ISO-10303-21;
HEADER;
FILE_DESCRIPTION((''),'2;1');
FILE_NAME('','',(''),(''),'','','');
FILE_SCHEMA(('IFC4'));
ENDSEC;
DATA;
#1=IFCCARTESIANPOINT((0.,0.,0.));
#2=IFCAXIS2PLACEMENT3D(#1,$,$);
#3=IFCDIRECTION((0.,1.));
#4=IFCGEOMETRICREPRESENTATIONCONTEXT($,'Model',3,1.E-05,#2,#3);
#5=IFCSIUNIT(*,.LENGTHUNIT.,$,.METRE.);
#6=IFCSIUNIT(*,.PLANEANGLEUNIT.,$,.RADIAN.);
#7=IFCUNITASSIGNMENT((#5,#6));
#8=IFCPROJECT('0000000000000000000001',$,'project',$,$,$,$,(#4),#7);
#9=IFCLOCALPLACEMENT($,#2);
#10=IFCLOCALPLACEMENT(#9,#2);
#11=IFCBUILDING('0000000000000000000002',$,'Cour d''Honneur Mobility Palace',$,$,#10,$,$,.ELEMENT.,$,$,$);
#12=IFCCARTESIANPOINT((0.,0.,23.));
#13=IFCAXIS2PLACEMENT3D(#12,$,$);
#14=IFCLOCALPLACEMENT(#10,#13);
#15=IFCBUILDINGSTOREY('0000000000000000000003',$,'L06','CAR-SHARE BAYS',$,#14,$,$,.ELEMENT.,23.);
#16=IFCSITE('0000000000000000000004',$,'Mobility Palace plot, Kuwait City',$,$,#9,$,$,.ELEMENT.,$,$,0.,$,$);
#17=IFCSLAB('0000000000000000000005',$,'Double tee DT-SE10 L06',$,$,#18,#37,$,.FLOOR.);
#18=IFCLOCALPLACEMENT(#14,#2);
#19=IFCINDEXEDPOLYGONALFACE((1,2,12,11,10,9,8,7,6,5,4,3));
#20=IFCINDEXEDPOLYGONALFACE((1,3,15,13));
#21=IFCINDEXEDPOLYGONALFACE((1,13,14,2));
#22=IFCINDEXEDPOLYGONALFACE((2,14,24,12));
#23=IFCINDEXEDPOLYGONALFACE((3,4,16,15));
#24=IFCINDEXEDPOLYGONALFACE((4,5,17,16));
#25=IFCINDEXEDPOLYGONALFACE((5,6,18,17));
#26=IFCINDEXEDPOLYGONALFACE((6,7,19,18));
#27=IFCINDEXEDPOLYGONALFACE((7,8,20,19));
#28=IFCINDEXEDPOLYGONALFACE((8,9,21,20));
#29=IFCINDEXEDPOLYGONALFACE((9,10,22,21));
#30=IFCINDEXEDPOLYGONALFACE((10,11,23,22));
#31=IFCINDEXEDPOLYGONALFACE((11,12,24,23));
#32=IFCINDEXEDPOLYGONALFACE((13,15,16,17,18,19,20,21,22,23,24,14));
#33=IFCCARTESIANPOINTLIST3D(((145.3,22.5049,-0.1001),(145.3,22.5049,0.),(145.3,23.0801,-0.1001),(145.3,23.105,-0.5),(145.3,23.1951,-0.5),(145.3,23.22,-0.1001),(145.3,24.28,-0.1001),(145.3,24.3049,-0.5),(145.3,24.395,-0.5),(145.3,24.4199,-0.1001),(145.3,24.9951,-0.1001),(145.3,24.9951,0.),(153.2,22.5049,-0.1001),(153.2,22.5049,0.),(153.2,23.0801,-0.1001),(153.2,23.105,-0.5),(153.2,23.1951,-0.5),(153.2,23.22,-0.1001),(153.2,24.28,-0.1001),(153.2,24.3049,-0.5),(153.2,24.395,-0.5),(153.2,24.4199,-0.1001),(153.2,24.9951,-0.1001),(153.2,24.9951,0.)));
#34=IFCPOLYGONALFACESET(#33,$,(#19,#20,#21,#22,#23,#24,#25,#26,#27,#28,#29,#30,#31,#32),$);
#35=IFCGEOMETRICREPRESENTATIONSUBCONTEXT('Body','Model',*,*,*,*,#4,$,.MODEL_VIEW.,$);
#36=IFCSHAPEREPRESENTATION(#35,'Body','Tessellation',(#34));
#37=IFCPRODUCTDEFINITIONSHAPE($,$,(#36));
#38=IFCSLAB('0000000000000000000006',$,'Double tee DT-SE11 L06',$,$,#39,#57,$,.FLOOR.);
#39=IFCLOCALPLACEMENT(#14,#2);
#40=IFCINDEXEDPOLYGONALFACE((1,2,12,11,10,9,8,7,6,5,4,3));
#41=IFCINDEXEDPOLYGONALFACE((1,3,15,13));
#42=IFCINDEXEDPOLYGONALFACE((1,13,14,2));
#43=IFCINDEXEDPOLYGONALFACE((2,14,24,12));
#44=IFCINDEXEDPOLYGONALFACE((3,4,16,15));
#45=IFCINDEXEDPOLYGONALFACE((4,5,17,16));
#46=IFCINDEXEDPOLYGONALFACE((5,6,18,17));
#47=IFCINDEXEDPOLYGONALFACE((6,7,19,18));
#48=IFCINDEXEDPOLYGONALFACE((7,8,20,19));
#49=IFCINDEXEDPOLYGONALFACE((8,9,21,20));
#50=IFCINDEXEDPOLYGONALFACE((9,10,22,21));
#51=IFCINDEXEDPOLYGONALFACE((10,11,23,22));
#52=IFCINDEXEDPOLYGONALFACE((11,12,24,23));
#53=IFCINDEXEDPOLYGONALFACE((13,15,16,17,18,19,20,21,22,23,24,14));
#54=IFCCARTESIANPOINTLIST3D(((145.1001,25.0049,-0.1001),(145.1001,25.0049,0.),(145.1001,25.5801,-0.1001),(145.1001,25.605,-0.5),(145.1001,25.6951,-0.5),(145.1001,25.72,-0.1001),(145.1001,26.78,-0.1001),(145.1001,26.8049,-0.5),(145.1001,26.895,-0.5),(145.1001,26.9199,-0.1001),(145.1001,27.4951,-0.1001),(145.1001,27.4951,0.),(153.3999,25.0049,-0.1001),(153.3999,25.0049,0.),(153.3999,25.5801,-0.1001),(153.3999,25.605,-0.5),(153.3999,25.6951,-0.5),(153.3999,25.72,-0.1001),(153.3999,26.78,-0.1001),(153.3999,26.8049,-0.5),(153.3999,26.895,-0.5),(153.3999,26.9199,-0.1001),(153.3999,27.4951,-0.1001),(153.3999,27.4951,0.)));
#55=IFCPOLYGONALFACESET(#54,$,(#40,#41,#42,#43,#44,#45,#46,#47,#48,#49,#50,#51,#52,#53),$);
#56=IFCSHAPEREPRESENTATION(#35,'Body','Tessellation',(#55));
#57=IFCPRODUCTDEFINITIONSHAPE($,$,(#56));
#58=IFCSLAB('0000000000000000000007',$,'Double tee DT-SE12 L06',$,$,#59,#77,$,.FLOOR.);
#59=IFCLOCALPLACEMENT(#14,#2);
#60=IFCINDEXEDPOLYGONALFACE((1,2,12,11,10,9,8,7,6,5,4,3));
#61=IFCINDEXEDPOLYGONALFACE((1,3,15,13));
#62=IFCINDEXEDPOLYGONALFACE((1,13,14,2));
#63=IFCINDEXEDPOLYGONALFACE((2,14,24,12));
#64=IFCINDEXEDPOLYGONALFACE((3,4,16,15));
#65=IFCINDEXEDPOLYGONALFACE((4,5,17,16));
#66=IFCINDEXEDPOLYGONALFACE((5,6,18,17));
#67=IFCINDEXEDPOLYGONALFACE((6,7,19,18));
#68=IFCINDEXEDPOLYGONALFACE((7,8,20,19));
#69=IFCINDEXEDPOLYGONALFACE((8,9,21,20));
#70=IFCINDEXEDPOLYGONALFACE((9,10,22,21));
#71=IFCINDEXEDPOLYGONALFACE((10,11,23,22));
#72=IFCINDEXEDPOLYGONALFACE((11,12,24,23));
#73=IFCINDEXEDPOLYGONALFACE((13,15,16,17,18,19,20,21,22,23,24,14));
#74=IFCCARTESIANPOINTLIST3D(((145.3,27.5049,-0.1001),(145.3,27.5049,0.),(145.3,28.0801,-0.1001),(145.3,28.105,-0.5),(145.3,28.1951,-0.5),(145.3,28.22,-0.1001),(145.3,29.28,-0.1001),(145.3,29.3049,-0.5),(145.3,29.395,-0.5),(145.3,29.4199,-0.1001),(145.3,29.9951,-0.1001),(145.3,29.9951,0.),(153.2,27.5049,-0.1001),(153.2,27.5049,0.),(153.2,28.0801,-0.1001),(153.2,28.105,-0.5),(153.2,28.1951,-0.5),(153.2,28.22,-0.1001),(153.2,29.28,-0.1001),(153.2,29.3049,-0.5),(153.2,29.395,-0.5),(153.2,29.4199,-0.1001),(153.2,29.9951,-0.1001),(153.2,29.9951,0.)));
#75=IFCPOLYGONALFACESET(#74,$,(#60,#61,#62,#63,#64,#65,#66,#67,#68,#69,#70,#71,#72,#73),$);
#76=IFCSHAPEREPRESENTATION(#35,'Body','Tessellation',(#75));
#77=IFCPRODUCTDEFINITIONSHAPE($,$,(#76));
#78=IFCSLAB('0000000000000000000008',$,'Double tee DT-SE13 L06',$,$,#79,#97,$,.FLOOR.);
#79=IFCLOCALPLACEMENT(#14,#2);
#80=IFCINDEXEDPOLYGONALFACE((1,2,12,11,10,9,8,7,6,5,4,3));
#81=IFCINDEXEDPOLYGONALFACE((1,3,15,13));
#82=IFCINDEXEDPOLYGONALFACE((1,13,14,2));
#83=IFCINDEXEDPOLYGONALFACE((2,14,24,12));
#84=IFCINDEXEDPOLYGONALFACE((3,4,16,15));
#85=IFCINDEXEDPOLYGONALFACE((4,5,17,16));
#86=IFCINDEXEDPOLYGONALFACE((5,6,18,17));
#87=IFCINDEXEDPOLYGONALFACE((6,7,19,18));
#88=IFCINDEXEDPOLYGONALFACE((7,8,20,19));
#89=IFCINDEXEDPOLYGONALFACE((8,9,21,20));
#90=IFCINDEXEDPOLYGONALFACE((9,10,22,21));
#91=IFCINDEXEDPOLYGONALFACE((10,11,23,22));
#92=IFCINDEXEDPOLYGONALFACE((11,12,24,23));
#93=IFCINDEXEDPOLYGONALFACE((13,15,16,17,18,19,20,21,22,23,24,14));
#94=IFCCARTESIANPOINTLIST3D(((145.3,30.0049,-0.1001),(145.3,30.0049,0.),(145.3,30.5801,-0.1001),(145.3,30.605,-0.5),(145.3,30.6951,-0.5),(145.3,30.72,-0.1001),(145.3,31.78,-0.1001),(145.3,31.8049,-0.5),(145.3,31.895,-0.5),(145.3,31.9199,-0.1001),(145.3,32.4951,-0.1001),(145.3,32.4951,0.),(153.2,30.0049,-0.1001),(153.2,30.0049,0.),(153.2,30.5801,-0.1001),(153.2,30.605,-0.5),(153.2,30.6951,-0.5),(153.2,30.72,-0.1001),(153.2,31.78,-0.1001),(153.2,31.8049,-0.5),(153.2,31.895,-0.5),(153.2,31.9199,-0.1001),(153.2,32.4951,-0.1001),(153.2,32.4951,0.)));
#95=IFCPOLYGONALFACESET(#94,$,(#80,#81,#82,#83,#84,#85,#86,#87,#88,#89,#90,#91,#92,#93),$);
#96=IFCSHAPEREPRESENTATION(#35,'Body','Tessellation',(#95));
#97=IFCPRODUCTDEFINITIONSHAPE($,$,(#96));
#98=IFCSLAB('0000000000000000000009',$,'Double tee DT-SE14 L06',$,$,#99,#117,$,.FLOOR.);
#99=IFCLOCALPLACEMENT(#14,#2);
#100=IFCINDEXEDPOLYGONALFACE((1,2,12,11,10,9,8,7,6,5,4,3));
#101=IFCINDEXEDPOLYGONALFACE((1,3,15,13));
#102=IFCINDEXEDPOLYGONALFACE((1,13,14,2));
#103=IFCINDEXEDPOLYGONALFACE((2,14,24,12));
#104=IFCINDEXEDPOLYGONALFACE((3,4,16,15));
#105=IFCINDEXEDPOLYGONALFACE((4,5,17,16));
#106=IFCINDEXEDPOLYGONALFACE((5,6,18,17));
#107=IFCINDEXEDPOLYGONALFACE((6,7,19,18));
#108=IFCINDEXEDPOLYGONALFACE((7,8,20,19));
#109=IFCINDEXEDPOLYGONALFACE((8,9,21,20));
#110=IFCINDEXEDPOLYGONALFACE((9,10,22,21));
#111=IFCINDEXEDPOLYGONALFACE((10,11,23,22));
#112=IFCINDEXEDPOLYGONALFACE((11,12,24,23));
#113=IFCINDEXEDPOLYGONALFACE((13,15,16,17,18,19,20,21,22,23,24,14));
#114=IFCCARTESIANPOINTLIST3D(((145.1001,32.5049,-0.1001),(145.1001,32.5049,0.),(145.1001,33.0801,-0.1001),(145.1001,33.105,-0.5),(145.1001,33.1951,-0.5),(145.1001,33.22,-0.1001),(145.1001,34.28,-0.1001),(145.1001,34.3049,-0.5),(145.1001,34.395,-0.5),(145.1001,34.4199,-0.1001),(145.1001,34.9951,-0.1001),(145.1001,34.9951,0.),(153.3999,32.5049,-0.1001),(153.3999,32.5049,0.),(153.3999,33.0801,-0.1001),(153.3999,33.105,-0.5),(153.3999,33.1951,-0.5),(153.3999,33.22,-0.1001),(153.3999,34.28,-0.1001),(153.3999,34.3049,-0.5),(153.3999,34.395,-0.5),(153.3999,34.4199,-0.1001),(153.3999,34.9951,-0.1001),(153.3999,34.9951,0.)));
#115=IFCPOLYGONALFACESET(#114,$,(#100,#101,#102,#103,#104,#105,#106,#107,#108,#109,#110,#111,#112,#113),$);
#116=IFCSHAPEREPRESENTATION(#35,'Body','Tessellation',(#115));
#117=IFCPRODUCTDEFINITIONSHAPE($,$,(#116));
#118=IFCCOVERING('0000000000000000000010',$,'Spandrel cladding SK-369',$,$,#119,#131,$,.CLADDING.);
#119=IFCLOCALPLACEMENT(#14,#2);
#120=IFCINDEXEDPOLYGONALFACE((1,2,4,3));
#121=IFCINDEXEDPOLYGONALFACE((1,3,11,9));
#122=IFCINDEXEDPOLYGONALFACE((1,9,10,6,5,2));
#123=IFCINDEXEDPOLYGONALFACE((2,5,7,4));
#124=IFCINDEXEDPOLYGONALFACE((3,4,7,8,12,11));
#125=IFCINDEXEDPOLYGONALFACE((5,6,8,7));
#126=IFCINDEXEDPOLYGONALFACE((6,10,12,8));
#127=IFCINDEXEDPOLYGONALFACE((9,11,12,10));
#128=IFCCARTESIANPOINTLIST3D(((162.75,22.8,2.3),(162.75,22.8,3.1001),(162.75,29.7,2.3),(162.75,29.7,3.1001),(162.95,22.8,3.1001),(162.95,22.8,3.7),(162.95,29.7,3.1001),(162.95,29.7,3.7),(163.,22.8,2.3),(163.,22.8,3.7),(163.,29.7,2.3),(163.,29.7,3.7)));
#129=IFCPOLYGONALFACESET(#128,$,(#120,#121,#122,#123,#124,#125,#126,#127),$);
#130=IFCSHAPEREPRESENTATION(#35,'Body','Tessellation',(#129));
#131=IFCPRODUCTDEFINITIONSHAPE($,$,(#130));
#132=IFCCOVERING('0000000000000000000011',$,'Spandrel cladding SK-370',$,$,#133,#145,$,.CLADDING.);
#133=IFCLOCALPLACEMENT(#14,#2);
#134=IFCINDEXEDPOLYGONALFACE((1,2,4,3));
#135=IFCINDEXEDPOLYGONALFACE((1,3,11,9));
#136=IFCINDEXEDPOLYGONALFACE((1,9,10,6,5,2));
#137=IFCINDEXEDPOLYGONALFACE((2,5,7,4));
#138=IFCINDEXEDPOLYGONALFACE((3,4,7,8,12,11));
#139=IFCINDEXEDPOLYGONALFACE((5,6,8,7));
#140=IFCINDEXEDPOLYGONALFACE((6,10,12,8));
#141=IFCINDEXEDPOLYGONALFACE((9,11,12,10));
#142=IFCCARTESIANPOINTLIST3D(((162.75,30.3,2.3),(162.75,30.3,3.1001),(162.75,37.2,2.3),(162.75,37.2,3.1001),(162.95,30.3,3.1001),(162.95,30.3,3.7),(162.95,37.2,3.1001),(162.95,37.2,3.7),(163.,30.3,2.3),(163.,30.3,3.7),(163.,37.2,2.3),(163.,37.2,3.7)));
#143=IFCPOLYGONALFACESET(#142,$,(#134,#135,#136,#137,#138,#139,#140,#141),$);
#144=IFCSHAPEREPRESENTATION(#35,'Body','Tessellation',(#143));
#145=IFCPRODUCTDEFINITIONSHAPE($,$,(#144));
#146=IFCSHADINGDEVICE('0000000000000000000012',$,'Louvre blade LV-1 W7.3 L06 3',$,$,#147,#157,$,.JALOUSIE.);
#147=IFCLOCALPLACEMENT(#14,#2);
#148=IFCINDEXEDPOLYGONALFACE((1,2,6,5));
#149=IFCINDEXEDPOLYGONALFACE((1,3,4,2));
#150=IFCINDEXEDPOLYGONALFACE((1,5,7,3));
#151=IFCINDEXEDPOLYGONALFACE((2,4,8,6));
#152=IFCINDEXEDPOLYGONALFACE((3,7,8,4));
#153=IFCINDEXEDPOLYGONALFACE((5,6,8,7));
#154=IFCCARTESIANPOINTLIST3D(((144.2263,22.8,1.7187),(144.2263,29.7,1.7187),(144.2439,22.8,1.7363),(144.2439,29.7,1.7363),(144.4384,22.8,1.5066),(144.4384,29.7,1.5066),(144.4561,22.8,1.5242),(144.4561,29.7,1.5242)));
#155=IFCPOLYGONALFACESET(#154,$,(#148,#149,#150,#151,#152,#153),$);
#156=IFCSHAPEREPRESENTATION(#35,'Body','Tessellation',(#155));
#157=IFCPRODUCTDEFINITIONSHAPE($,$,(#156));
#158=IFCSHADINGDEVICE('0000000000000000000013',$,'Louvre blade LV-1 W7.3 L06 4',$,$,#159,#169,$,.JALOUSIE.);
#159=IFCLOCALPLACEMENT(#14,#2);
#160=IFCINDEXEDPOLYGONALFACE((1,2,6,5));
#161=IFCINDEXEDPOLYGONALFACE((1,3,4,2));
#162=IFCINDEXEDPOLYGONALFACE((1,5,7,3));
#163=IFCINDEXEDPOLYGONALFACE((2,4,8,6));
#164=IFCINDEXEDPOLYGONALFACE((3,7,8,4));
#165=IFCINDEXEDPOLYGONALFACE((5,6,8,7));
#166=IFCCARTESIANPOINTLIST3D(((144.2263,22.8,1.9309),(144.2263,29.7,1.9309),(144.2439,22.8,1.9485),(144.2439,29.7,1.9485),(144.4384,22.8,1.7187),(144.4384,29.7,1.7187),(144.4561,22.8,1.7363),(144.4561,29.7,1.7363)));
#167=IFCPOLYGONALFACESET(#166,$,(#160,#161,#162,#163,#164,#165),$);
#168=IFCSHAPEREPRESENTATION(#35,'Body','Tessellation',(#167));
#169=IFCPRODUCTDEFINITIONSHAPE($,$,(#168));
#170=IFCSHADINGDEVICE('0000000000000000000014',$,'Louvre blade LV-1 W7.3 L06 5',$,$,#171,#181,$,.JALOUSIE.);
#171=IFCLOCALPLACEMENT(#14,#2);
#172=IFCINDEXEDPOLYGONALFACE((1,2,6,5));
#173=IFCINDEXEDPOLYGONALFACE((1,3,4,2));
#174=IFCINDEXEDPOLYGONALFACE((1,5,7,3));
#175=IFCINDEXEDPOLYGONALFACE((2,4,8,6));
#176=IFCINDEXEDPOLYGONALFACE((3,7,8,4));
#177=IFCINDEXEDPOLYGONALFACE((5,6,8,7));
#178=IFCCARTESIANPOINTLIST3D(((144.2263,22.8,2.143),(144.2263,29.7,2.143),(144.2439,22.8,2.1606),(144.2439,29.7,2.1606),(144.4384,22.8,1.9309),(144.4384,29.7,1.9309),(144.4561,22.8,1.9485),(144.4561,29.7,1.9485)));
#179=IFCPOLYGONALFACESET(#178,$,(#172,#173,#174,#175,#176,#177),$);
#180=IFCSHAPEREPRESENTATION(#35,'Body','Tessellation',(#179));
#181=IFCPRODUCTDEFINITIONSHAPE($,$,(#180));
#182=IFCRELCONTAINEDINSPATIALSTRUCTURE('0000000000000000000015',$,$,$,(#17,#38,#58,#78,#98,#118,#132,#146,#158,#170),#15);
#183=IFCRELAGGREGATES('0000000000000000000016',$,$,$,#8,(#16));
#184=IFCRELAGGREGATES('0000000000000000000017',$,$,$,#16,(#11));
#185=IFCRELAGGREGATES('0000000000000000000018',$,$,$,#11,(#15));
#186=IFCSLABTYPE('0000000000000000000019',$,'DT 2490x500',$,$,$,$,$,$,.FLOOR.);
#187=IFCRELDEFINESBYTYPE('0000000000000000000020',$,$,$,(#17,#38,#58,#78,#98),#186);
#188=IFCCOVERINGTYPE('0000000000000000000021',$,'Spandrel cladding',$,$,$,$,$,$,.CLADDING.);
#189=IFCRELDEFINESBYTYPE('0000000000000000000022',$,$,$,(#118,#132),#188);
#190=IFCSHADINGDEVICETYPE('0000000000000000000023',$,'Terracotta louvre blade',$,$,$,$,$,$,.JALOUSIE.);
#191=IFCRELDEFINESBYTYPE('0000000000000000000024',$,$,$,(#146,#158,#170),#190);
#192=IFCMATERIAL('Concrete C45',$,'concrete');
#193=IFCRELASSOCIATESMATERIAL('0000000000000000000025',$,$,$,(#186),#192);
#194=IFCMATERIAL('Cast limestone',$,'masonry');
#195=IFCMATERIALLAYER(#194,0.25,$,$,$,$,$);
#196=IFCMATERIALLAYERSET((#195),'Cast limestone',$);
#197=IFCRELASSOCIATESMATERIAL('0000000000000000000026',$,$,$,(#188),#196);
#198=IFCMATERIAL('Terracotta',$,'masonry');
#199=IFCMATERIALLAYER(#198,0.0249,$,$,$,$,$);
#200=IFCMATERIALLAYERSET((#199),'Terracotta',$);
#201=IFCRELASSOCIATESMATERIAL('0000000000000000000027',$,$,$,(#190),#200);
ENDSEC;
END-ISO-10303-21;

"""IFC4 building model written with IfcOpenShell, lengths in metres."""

from ifc_helpers import new_model, si_unit, direction, frame, origin, place, context, subcontext, project, spatial, polyline, outline, extrude, material, layer, layer_set, material_profile, profile_set, type_object, element, save


model = new_model("IFC4")

# Units and contexts
model_context = context("Model", 3, precision=1e-05, world=origin(), true_north=direction((0.0, 1.0)))
body_context = subcontext(model_context, "Body", "Model", "MODEL_VIEW")
ifc_project = project(units=[si_unit("LENGTHUNIT", "METRE"), si_unit("PLANEANGLEUNIT", "RADIAN")], contexts=[model_context])

# Site, building, storey
site_placement = place(None, origin())
site = spatial("IfcSite", under=ifc_project, at=site_placement, Name="Mobility Palace plot, Kuwait City", CompositionType="ELEMENT", RefElevation=0.0)
building_placement = place(site_placement, origin())
building = spatial("IfcBuilding", under=site, at=building_placement, Name="Cour d'Honneur Mobility Palace", CompositionType="ELEMENT")
storey_placement = place(building_placement, frame((0.0, 0.0, 23.0)))
storey = spatial("IfcBuildingStorey", under=building, at=storey_placement, Name="L06", Description="CAR-SHARE BAYS", CompositionType="ELEMENT", Elevation=23.0)

# Slabs
ifc_material_1 = material(Name="Concrete C45", Category="concrete")
ifc_material_profile_1 = material_profile(ifc_material_1, outline(polyline([(-1.2451, 0.0), (1.2451, 0.0), (1.2451, -0.1001), (0.6699, -0.1001), (0.645, -0.5), (0.5549, -0.5), (0.53, -0.1001), (-0.53, -0.1001), (-0.5549, -0.5), (-0.645, -0.5), (-0.6699, -0.1001), (-1.2451, -0.1001), (-1.2451, 0.0)])), Name="DT 2490x500")
ifc_profile_set_1 = profile_set([ifc_material_profile_1], Name="Concrete C45")
slab_type = type_object("IfcSlabType", Name="DT 2490x500", PredefinedType="FLOOR", material=ifc_profile_set_1)
slab_1_placement = place(storey_placement, frame((145.3, 23.75, 0.0), z_axis=(1.0, 0.0, 0.0), x_axis=(0.0, 1.0, 0.0)))
element("IfcSlab", 1, at=slab_1_placement, inside=storey, type_object=slab_type, Name="Double tee DT-SE10 L06", PredefinedType="FLOOR", context=body_context, shape_type="SweptSolid", body=[
    extrude(outline(polyline([(-1.2451, 0.0), (1.2451, 0.0), (1.2451, -0.1001), (0.6699, -0.1001), (0.645, -0.5), (0.5549, -0.5), (0.53, -0.1001), (-0.53, -0.1001), (-0.5549, -0.5), (-0.645, -0.5), (-0.6699, -0.1001), (-1.2451, -0.1001), (-1.2451, 0.0)])), origin(), (0.0, 0.0, 1.0), 7.8999),
])
slab_2_placement = place(storey_placement, frame((145.1001, 26.25, 0.0), z_axis=(1.0, 0.0, 0.0), x_axis=(0.0, 1.0, 0.0)))
element("IfcSlab", 2, at=slab_2_placement, inside=storey, type_object=slab_type, Name="Double tee DT-SE11 L06", PredefinedType="FLOOR", context=body_context, shape_type="SweptSolid", body=[
    extrude(outline(polyline([(-1.2451, 0.0), (1.2451, 0.0), (1.2451, -0.1001), (0.6699, -0.1001), (0.645, -0.5), (0.5549, -0.5), (0.53, -0.1001), (-0.53, -0.1001), (-0.5549, -0.5), (-0.645, -0.5), (-0.6699, -0.1001), (-1.2451, -0.1001), (-1.2451, 0.0)])), origin(), (0.0, 0.0, 1.0), 8.2998),
])
for number, where, z_axis, x_axis, name in (
    (3, (145.3, 28.75, 0.0), (1.0, 0.0, 0.0), (0.0, 1.0, 0.0), "Double tee DT-SE12 L06"),
    (4, (145.3, 31.25, 0.0), (1.0, 0.0, 0.0), (0.0, 1.0, 0.0), "Double tee DT-SE13 L06"),
):
    element("IfcSlab", number, at=place(storey_placement, frame(where, z_axis=z_axis, x_axis=x_axis)), inside=storey, type_object=slab_type, Name=name, PredefinedType="FLOOR", context=body_context, shape_type="SweptSolid", body=[
        extrude(outline(polyline([(-1.2451, 0.0), (1.2451, 0.0), (1.2451, -0.1001), (0.6699, -0.1001), (0.645, -0.5), (0.5549, -0.5), (0.53, -0.1001), (-0.53, -0.1001), (-0.5549, -0.5), (-0.645, -0.5), (-0.6699, -0.1001), (-1.2451, -0.1001), (-1.2451, 0.0)])), origin(), (0.0, 0.0, 1.0), 7.8999),
    ])
slab_3_placement = place(storey_placement, frame((145.1001, 33.75, 0.0), z_axis=(1.0, 0.0, 0.0), x_axis=(0.0, 1.0, 0.0)))
element("IfcSlab", 5, at=slab_3_placement, inside=storey, type_object=slab_type, Name="Double tee DT-SE14 L06", PredefinedType="FLOOR", context=body_context, shape_type="SweptSolid", body=[
    extrude(outline(polyline([(-1.2451, 0.0), (1.2451, 0.0), (1.2451, -0.1001), (0.6699, -0.1001), (0.645, -0.5), (0.5549, -0.5), (0.53, -0.1001), (-0.53, -0.1001), (-0.5549, -0.5), (-0.645, -0.5), (-0.6699, -0.1001), (-1.2451, -0.1001), (-1.2451, 0.0)])), origin(), (0.0, 0.0, 1.0), 8.2998),
])

# Coverings
ifc_material_2 = material(Name="Cast limestone", Category="masonry")
ifc_layer_1 = layer(ifc_material_2, 0.25)
ifc_layer_set_1 = layer_set([ifc_layer_1], Name="Cast limestone")
covering_type = type_object("IfcCoveringType", Name="Spandrel cladding", PredefinedType="CLADDING", material=ifc_layer_set_1)
for number, where, z_axis, x_axis, name in (
    (6, (162.75, 22.8, 2.3), (0.0, -1.0, 0.0), (1.0, 0.0, 0.0), "Spandrel cladding SK-369"),
    (7, (162.75, 30.3, 2.3), (0.0, -1.0, 0.0), (1.0, 0.0, 0.0), "Spandrel cladding SK-370"),
):
    element("IfcCovering", number, at=place(storey_placement, frame(where, z_axis=z_axis, x_axis=x_axis)), inside=storey, type_object=covering_type, Name=name, PredefinedType="CLADDING", context=body_context, shape_type="SweptSolid", body=[
        extrude(outline(polyline([(0.0, 0.0), (0.25, 0.0), (0.25, 1.3999), (0.2, 1.3999), (0.2, 0.8), (0.0, 0.8), (0.0, 0.0)])), origin(), (0.0, 0.0, -1.0), 6.8999),
    ])

# Shading devices
ifc_material_3 = material(Name="Terracotta", Category="masonry")
ifc_layer_2 = layer(ifc_material_3, 0.0249)
ifc_layer_set_2 = layer_set([ifc_layer_2], Name="Terracotta")
shading_device_type = type_object("IfcShadingDeviceType", Name="Terracotta louvre blade", PredefinedType="JALOUSIE", material=ifc_layer_set_2)
for number, where, z_axis, x_axis, name in (
    (8, (144.4561, 29.7, 1.5242), (0.707107, 0.0, 0.707107), (0.0, -1.0, 0.0), "Louvre blade LV-1 W7.3 L06 3"),
    (9, (144.4561, 29.7, 1.7363), (0.707107, 0.0, 0.707107), (0.0, -1.0, 0.0), "Louvre blade LV-1 W7.3 L06 4"),
    (10, (144.4561, 29.7, 1.9485), (0.707107, 0.0, 0.707107), (0.0, -1.0, 0.0), "Louvre blade LV-1 W7.3 L06 5"),
):
    element("IfcShadingDevice", number, at=place(storey_placement, frame(where, z_axis=z_axis, x_axis=x_axis)), inside=storey, type_object=shading_device_type, Name=name, PredefinedType="JALOUSIE", context=body_context, shape_type="SweptSolid", body=[
        extrude(outline(polyline([(0.0, 0.0), (6.8999, 0.0), (6.8999, -0.3), (0.0, -0.3), (0.0, 0.0)])), origin(), (0.0, 0.0, -1.0), 0.0249),
    ])

save(model, "model.ifc")
